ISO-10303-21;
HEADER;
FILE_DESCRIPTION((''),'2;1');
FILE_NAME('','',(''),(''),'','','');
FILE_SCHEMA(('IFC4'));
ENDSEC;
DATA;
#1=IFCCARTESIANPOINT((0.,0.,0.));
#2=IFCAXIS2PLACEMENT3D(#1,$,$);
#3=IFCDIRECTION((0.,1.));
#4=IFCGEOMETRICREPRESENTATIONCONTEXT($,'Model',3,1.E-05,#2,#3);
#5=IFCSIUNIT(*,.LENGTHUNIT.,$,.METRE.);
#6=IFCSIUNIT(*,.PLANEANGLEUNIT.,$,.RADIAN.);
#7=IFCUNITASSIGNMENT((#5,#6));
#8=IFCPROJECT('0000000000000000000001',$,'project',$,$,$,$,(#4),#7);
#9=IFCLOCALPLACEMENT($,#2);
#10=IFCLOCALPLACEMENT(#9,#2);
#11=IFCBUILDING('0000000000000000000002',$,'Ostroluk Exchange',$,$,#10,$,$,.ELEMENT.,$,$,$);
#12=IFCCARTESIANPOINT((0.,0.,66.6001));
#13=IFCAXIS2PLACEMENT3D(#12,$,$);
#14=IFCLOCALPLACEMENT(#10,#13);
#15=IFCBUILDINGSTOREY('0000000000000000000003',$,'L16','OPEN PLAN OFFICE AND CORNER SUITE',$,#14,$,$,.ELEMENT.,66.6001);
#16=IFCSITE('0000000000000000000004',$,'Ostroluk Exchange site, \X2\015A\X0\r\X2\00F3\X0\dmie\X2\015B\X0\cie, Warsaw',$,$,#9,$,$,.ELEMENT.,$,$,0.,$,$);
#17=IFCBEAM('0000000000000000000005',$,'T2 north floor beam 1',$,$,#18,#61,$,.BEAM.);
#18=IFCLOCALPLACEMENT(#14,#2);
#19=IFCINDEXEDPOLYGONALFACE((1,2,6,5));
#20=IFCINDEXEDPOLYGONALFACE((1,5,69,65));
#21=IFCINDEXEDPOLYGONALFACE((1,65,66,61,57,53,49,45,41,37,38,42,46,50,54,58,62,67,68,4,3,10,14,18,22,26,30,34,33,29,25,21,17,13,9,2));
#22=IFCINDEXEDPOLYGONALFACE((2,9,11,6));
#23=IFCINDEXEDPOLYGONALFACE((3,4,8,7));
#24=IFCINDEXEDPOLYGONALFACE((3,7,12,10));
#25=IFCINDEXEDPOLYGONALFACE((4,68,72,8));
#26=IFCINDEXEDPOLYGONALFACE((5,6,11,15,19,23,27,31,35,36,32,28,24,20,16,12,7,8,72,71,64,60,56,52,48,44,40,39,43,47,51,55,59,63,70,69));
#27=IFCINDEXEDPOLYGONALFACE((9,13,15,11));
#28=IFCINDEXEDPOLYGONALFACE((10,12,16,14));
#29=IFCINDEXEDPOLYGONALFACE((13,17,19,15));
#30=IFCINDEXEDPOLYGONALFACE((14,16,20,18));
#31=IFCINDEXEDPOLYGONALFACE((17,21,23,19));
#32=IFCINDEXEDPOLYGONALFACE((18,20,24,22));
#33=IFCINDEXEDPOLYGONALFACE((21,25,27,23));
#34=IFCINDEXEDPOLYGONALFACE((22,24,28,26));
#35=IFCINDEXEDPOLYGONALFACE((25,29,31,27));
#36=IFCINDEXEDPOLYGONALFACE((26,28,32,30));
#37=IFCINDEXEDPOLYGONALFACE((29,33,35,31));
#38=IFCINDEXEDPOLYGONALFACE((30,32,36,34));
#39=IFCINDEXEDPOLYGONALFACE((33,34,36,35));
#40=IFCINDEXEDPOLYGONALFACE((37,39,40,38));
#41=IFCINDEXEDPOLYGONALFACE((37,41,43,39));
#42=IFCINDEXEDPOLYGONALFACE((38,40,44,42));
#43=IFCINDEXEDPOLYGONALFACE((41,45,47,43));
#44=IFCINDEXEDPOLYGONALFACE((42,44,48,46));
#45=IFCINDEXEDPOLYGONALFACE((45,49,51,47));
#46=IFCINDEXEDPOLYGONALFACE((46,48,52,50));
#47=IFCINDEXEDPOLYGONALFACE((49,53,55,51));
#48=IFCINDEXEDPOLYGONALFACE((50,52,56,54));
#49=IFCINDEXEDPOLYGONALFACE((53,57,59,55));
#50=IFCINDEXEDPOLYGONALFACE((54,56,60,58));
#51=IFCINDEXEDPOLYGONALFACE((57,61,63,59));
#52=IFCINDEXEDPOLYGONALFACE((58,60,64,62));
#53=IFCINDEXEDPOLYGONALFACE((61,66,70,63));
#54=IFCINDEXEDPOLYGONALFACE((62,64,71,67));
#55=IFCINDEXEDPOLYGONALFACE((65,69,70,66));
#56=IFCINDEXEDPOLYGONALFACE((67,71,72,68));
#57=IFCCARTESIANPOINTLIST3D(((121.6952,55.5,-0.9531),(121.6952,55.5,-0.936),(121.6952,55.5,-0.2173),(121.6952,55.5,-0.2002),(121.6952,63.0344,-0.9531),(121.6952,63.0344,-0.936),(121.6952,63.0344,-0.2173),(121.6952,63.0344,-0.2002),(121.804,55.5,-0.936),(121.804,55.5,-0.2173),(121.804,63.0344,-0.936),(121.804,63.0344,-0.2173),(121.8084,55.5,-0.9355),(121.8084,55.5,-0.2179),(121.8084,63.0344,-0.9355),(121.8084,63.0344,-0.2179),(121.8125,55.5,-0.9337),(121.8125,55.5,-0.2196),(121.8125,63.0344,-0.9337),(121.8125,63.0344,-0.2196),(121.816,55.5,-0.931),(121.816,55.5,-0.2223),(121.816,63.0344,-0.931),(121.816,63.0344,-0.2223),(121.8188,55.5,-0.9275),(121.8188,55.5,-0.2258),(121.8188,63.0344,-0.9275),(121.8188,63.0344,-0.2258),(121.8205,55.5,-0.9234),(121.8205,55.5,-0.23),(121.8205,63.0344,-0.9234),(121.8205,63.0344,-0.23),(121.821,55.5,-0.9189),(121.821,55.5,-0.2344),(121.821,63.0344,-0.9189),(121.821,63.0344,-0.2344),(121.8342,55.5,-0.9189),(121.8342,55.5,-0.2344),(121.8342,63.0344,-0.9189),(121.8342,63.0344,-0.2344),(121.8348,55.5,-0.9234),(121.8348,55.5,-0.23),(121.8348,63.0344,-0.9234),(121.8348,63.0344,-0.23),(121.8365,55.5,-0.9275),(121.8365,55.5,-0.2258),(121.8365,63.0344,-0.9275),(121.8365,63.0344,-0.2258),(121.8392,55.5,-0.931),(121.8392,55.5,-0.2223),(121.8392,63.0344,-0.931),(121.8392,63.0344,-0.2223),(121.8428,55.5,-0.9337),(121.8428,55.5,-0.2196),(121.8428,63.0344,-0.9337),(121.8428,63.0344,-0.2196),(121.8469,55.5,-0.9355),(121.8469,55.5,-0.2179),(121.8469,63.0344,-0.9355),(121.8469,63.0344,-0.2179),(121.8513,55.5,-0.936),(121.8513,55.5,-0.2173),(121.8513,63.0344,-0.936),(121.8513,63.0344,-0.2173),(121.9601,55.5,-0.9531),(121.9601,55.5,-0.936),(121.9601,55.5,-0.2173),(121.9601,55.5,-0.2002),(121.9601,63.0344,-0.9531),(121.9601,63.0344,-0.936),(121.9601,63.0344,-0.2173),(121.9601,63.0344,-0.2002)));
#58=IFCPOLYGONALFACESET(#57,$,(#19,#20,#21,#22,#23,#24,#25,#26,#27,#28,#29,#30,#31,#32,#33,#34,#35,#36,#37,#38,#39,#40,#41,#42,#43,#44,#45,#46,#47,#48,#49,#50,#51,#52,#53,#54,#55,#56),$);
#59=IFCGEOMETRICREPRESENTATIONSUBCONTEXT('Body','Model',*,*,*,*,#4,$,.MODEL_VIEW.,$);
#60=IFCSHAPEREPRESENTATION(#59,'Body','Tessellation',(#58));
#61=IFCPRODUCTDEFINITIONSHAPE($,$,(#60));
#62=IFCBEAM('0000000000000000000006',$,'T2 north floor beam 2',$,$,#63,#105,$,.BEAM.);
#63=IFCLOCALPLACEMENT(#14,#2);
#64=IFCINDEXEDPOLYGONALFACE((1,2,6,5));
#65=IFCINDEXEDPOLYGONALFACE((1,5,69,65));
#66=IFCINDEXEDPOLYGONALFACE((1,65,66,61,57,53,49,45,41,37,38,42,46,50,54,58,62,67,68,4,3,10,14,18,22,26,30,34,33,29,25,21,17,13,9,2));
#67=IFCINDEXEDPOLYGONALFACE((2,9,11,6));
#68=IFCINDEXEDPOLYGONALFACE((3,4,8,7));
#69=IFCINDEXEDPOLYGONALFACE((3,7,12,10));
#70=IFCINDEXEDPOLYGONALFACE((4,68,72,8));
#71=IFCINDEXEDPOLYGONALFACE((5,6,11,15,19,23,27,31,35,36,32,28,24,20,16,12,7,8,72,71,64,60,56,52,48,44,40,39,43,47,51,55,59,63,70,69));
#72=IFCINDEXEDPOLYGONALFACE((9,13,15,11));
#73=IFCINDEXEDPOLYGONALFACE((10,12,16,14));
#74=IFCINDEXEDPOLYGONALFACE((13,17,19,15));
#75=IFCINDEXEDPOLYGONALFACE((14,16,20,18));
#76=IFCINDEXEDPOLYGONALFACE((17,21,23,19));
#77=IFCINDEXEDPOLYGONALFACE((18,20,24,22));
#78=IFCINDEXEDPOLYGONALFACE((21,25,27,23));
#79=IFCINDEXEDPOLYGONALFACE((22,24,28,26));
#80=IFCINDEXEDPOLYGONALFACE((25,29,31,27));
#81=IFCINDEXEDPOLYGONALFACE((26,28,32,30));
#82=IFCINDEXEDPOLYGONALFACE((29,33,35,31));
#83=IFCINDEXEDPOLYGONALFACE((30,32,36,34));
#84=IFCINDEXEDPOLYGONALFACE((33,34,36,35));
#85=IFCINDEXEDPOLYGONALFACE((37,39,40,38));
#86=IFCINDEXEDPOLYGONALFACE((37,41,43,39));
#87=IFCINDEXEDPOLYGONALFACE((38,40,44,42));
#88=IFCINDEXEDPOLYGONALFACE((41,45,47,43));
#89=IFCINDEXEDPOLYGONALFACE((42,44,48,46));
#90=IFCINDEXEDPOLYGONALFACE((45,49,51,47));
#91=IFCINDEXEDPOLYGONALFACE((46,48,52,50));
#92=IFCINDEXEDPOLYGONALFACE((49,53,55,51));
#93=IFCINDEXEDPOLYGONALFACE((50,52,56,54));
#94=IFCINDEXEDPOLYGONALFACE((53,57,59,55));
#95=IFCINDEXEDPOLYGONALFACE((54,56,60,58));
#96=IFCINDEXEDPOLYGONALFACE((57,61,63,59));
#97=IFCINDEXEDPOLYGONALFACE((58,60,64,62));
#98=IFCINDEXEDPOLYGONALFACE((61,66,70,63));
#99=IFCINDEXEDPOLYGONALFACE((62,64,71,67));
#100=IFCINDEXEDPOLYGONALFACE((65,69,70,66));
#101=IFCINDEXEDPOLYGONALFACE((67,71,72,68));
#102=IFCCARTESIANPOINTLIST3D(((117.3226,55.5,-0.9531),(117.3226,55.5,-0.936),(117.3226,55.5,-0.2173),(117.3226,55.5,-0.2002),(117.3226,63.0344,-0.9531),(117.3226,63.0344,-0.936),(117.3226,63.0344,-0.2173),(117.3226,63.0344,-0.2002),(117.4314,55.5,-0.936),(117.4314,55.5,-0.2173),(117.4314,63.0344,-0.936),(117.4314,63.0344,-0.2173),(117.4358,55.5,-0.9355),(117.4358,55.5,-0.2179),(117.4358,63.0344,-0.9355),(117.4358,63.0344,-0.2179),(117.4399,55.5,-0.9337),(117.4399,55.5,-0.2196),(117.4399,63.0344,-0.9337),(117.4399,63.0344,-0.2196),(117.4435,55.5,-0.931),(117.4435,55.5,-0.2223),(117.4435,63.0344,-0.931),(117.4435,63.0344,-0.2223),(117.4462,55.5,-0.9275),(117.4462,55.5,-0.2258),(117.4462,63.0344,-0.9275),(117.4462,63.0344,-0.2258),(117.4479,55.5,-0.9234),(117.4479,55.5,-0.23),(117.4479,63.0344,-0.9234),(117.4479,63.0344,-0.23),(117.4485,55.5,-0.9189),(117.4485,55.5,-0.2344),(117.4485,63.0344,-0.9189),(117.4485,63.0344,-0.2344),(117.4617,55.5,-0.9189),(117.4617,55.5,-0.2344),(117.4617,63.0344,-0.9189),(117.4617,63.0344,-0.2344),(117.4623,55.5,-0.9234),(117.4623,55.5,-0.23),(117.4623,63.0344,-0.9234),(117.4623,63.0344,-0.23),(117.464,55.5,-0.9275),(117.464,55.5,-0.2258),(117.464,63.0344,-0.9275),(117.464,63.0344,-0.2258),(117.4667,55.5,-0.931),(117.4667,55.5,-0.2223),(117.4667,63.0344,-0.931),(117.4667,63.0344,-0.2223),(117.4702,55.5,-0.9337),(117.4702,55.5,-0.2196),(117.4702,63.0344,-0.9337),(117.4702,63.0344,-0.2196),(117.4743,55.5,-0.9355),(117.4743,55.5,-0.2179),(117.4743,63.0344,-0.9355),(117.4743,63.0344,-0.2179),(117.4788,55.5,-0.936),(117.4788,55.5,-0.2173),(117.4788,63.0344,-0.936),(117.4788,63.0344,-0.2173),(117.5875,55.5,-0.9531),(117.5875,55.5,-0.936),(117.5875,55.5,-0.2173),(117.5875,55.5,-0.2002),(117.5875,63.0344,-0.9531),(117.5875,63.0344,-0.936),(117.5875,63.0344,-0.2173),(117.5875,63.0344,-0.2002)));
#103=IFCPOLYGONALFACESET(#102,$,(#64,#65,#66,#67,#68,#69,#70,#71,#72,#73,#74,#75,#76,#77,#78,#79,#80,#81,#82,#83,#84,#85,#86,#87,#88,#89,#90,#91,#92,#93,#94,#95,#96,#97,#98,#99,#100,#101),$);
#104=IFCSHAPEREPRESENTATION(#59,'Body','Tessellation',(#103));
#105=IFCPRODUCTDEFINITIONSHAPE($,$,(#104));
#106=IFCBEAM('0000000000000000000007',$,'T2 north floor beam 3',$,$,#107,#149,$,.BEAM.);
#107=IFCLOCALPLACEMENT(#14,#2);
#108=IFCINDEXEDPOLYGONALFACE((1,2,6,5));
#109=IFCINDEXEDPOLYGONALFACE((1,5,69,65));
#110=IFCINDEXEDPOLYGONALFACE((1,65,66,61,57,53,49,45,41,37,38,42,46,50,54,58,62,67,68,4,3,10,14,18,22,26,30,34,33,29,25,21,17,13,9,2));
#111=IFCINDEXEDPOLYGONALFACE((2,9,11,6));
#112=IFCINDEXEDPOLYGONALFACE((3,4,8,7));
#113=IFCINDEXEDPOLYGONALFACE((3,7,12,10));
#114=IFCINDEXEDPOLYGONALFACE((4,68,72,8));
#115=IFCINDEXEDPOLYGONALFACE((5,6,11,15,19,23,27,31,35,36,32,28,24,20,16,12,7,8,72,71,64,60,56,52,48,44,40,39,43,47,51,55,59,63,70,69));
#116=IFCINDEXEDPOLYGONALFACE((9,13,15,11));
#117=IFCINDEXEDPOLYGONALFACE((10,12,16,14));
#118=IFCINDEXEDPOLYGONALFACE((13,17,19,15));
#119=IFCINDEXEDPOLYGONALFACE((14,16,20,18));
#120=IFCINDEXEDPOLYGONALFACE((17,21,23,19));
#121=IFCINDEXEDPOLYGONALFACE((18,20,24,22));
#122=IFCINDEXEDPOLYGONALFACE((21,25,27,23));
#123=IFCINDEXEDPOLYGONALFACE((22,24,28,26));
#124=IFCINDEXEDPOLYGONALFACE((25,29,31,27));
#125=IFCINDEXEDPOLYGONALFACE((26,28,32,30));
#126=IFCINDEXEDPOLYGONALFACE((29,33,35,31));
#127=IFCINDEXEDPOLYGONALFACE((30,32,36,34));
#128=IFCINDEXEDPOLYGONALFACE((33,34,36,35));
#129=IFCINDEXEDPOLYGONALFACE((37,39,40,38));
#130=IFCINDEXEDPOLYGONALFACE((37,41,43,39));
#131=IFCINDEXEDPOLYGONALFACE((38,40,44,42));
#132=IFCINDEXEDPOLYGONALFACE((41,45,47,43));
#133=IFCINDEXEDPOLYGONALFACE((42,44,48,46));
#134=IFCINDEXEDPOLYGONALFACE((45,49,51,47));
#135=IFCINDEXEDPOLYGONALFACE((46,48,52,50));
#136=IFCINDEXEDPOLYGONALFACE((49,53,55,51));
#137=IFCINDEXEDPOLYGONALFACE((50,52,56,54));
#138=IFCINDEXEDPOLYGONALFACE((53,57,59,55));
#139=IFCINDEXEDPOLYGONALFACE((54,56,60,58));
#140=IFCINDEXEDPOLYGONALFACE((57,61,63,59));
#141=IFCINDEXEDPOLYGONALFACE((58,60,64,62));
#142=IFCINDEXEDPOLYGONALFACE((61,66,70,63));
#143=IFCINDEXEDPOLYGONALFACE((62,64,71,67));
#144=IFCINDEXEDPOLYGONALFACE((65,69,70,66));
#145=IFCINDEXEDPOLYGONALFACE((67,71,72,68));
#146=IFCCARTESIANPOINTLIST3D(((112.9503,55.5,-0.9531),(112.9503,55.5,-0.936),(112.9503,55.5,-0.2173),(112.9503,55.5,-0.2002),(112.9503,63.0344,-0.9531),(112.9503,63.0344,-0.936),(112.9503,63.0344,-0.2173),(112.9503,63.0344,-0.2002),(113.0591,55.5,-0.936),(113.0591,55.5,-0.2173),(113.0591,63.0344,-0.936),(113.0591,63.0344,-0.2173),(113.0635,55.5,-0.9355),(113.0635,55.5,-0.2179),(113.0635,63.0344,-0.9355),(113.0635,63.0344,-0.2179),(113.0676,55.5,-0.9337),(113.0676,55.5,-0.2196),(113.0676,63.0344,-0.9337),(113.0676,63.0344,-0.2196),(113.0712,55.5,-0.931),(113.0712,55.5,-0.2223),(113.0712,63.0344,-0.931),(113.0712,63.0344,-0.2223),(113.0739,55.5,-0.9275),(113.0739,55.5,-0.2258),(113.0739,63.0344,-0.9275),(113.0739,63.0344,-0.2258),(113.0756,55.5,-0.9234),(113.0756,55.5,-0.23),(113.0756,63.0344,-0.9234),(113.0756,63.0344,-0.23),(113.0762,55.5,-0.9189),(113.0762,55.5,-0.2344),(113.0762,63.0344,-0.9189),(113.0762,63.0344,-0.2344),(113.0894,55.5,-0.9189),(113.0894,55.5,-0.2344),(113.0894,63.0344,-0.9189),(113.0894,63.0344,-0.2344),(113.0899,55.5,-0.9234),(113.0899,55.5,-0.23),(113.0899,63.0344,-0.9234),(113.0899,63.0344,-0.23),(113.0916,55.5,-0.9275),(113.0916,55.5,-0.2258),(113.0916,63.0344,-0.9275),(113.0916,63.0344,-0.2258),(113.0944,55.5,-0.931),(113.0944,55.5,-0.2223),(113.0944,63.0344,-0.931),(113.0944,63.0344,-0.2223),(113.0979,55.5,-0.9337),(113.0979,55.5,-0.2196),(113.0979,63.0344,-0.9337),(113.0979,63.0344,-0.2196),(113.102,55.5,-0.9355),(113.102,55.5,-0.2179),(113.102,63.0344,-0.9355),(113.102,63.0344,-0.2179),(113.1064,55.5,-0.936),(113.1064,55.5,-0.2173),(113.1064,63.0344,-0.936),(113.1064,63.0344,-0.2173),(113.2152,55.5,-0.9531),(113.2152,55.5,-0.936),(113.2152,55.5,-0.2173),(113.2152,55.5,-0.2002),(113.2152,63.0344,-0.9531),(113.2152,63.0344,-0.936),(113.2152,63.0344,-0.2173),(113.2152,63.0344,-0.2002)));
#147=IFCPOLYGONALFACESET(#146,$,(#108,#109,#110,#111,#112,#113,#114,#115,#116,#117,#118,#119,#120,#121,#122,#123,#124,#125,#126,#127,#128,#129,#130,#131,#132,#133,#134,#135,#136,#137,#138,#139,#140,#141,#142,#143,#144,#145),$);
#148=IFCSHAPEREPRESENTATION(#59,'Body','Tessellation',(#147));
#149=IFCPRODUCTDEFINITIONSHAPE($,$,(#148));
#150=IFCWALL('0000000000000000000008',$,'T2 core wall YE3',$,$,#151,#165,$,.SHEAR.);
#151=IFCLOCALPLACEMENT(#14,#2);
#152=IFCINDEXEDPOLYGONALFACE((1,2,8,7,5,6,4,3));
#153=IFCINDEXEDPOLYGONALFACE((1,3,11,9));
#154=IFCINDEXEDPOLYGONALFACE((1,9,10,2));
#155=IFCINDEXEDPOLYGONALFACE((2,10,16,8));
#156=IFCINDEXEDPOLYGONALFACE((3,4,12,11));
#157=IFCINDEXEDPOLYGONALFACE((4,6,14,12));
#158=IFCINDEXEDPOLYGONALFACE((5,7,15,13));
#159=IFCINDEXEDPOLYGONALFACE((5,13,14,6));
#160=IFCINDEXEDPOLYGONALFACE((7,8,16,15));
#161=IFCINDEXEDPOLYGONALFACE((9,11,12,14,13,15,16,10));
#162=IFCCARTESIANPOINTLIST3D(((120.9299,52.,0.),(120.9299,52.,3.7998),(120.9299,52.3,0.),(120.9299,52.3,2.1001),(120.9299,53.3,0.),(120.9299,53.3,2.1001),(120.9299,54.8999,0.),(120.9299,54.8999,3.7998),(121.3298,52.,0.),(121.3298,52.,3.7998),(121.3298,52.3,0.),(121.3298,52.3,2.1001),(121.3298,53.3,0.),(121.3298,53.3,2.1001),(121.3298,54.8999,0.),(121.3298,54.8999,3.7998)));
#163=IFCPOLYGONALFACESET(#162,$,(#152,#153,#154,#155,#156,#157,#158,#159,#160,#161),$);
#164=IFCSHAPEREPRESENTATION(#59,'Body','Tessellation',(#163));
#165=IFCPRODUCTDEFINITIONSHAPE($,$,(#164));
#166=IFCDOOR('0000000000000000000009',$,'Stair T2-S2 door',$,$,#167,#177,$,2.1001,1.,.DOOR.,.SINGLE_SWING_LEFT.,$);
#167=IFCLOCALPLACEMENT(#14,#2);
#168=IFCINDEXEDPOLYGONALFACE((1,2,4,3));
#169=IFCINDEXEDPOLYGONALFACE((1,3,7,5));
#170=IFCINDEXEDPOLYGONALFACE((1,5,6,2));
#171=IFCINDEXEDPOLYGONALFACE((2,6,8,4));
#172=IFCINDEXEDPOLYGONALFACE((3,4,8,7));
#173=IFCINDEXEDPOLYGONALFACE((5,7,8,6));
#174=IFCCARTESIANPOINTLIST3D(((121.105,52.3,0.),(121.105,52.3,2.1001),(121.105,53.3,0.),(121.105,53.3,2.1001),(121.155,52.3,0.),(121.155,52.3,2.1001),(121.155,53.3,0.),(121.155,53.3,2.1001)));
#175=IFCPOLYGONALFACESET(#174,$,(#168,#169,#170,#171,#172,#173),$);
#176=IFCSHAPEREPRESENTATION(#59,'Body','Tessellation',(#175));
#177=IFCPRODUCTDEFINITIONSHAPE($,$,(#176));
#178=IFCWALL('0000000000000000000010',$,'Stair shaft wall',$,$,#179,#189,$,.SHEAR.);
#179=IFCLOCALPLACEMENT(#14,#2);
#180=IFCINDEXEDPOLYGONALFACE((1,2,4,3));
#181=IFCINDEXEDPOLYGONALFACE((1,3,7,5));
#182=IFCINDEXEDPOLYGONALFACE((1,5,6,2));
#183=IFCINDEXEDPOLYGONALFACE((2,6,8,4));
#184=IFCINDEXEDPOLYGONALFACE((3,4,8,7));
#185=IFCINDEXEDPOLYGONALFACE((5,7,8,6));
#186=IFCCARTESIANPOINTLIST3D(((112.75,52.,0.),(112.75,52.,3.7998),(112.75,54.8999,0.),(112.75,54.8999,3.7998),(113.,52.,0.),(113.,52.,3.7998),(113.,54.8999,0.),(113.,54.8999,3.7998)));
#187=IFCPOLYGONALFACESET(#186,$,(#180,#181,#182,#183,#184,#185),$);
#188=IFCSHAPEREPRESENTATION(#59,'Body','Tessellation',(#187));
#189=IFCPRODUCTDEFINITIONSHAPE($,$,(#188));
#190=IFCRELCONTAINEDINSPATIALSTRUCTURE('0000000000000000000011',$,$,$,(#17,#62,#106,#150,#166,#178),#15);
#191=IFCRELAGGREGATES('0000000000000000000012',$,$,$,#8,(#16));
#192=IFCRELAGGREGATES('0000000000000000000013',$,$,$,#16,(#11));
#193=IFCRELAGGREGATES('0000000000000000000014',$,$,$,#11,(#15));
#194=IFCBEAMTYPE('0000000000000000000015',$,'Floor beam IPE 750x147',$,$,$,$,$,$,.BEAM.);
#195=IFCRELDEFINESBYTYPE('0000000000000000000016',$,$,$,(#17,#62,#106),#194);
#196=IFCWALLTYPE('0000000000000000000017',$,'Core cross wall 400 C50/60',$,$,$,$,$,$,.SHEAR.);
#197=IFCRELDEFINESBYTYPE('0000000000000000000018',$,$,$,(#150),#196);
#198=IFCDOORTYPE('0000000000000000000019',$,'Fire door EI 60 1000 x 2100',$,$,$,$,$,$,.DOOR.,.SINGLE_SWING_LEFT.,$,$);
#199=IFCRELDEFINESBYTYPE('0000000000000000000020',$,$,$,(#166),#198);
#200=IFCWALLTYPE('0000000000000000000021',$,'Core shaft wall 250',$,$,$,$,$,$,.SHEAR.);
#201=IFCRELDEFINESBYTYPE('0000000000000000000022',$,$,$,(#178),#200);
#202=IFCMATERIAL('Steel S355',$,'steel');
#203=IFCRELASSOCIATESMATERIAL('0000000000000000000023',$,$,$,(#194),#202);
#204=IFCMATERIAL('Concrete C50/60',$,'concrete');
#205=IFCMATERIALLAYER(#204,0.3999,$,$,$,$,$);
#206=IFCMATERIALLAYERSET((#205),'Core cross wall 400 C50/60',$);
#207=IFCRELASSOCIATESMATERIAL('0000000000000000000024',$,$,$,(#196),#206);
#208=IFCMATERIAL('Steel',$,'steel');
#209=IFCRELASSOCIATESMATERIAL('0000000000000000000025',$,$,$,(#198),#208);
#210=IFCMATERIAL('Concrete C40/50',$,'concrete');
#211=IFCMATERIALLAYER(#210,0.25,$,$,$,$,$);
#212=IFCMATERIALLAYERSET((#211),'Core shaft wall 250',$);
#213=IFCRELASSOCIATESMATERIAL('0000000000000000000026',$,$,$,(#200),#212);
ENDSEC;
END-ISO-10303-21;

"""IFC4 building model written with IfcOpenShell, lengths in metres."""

from ifc_helpers import new_model, si_unit, direction, frame, frame_2d, origin, origin_2d, place, context, subcontext, project, spatial, rectangle, i_section, extrude, material, layer, layer_set, material_profile, profile_set, type_object, element, fill, save


model = new_model("IFC4")

# Units and contexts
model_context = context("Model", 3, precision=1e-05, world=origin(), true_north=direction((0.0, 1.0)))
body_context = subcontext(model_context, "Body", "Model", "MODEL_VIEW")
ifc_project = project(units=[si_unit("LENGTHUNIT", "METRE"), si_unit("PLANEANGLEUNIT", "RADIAN")], contexts=[model_context])

# Site, building, storey
site_placement = place(None, origin())
site = spatial("IfcSite", under=ifc_project, at=site_placement, Name="Ostroluk Exchange site, Śródmieście, Warsaw", CompositionType="ELEMENT", RefElevation=0.0)
building_placement = place(site_placement, origin())
building = spatial("IfcBuilding", under=site, at=building_placement, Name="Ostroluk Exchange", CompositionType="ELEMENT")
storey_placement = place(building_placement, frame((0.0, 0.0, 66.6001)))
storey = spatial("IfcBuildingStorey", under=building, at=storey_placement, Name="L16", Description="OPEN PLAN OFFICE AND CORNER SUITE", CompositionType="ELEMENT", Elevation=66.6001)

# Beams
ifc_material_1 = material(Name="Steel S355", Category="steel")
ifc_material_profile = material_profile(ifc_material_1, i_section(OverallWidth=0.2649, OverallDepth=0.7529, WebThickness=0.0132, FlangeThickness=0.0171, FilletRadius=0.0171, at=origin_2d()), Name="IPE 750x147")
ifc_profile_set = profile_set([ifc_material_profile], Name="Steel S355")
beam_type = type_object("IfcBeamType", Name="Floor beam IPE 750x147", PredefinedType="BEAM", material=ifc_profile_set)
for number, where, z_axis, x_axis, name in (
    (1, (121.8276, 55.5, -0.5767), (0.0, 1.0, 0.0), (-1.0, 0.0, 0.0), "T2 north floor beam 1"),
    (2, (117.4551, 55.5, -0.5767), (0.0, 1.0, 0.0), (-1.0, 0.0, 0.0), "T2 north floor beam 2"),
    (3, (113.0828, 55.5, -0.5767), (0.0, 1.0, 0.0), (-1.0, 0.0, 0.0), "T2 north floor beam 3"),
):
    element("IfcBeam", number, at=place(storey_placement, frame(where, z_axis=z_axis, x_axis=x_axis)), inside=storey, type_object=beam_type, Name=name, PredefinedType="BEAM", context=body_context, shape_type="SweptSolid", body=[
        extrude(i_section(OverallWidth=0.2649, OverallDepth=0.7529, WebThickness=0.0132, FlangeThickness=0.0171, FilletRadius=0.0171, at=origin_2d()), origin(), (0.0, 0.0, 1.0), 7.5344),
    ])

# Wall, opening, door
ifc_material_2 = material(Name="Concrete C50/60", Category="concrete")
ifc_layer_1 = layer(ifc_material_2, 0.3999)
ifc_layer_set_1 = layer_set([ifc_layer_1], Name="Core cross wall 400 C50/60")
wall_type_1 = type_object("IfcWallType", Name="Core cross wall 400 C50/60", PredefinedType="SHEAR", material=ifc_layer_set_1)
wall_1_placement = place(storey_placement, frame((121.1299, 52.0, 0.0), z_axis=(0.0, 0.0, 1.0), x_axis=(0.0, 1.0, 0.0)))
wall_1 = element("IfcWall", 4, at=wall_1_placement, inside=storey, type_object=wall_type_1, Name="T2 core wall YE3", PredefinedType="SHEAR", context=body_context, shape_type="SweptSolid", body=[
    extrude(rectangle(XDim=2.8999, YDim=0.3999, at=frame_2d((1.45, 0.0))), origin(), (0.0, 0.0, 1.0), 3.7998),
])
opening_1_placement = place(wall_1_placement, frame((0.3, 0.0, 0.0)))
opening_1 = element("IfcOpeningElement", 5, at=opening_1_placement, cuts=wall_1, PredefinedType="OPENING", context=body_context, shape_type="SweptSolid", body=[
    extrude(rectangle(XDim=1.0, YDim=2.1001, at=frame_2d((0.5, 1.05))), frame((0.0, 0.21, 0.0), z_axis=(0.0, -1.0, 0.0), x_axis=(1.0, 0.0, 0.0)), (0.0, 0.0, 1.0), 0.4199),
])
ifc_material_3 = material(Name="Steel", Category="steel")
door_type_1 = type_object("IfcDoorType", Name="Fire door EI 60 1000 x 2100", OperationType="SINGLE_SWING_LEFT", PredefinedType="DOOR", material=ifc_material_3)
door_1_placement = place(opening_1_placement, origin())
door_1 = element("IfcDoor", 6, at=door_1_placement, inside=storey, type_object=door_type_1, Name="Stair T2-S2 door", OperationType="SINGLE_SWING_LEFT", OverallHeight=2.1001, OverallWidth=1.0, PredefinedType="DOOR", context=body_context, shape_type="SweptSolid", body=[
    extrude(rectangle(XDim=1.0, YDim=2.1001, at=frame_2d((0.5, 1.05))), frame((0.0, 0.0249, 0.0), z_axis=(0.0, -1.0, 0.0), x_axis=(1.0, 0.0, 0.0)), (0.0, 0.0, 1.0), 0.05),
])
fill(opening_1, door_1)

# Wall
ifc_material_4 = material(Name="Concrete C40/50", Category="concrete")
ifc_layer_2 = layer(ifc_material_4, 0.25)
ifc_layer_set_2 = layer_set([ifc_layer_2], Name="Core shaft wall 250")
wall_type_2 = type_object("IfcWallType", Name="Core shaft wall 250", PredefinedType="SHEAR", material=ifc_layer_set_2)
wall_2_placement = place(storey_placement, frame((112.875, 52.0, 0.0), z_axis=(0.0, 0.0, 1.0), x_axis=(0.0, 1.0, 0.0)))
element("IfcWall", 7, at=wall_2_placement, inside=storey, type_object=wall_type_2, Name="Stair shaft wall", PredefinedType="SHEAR", context=body_context, shape_type="SweptSolid", body=[
    extrude(rectangle(XDim=2.8999, YDim=0.25, at=frame_2d((1.45, 0.0))), origin(), (0.0, 0.0, 1.0), 3.7998),
])

save(model, "model.ifc")
